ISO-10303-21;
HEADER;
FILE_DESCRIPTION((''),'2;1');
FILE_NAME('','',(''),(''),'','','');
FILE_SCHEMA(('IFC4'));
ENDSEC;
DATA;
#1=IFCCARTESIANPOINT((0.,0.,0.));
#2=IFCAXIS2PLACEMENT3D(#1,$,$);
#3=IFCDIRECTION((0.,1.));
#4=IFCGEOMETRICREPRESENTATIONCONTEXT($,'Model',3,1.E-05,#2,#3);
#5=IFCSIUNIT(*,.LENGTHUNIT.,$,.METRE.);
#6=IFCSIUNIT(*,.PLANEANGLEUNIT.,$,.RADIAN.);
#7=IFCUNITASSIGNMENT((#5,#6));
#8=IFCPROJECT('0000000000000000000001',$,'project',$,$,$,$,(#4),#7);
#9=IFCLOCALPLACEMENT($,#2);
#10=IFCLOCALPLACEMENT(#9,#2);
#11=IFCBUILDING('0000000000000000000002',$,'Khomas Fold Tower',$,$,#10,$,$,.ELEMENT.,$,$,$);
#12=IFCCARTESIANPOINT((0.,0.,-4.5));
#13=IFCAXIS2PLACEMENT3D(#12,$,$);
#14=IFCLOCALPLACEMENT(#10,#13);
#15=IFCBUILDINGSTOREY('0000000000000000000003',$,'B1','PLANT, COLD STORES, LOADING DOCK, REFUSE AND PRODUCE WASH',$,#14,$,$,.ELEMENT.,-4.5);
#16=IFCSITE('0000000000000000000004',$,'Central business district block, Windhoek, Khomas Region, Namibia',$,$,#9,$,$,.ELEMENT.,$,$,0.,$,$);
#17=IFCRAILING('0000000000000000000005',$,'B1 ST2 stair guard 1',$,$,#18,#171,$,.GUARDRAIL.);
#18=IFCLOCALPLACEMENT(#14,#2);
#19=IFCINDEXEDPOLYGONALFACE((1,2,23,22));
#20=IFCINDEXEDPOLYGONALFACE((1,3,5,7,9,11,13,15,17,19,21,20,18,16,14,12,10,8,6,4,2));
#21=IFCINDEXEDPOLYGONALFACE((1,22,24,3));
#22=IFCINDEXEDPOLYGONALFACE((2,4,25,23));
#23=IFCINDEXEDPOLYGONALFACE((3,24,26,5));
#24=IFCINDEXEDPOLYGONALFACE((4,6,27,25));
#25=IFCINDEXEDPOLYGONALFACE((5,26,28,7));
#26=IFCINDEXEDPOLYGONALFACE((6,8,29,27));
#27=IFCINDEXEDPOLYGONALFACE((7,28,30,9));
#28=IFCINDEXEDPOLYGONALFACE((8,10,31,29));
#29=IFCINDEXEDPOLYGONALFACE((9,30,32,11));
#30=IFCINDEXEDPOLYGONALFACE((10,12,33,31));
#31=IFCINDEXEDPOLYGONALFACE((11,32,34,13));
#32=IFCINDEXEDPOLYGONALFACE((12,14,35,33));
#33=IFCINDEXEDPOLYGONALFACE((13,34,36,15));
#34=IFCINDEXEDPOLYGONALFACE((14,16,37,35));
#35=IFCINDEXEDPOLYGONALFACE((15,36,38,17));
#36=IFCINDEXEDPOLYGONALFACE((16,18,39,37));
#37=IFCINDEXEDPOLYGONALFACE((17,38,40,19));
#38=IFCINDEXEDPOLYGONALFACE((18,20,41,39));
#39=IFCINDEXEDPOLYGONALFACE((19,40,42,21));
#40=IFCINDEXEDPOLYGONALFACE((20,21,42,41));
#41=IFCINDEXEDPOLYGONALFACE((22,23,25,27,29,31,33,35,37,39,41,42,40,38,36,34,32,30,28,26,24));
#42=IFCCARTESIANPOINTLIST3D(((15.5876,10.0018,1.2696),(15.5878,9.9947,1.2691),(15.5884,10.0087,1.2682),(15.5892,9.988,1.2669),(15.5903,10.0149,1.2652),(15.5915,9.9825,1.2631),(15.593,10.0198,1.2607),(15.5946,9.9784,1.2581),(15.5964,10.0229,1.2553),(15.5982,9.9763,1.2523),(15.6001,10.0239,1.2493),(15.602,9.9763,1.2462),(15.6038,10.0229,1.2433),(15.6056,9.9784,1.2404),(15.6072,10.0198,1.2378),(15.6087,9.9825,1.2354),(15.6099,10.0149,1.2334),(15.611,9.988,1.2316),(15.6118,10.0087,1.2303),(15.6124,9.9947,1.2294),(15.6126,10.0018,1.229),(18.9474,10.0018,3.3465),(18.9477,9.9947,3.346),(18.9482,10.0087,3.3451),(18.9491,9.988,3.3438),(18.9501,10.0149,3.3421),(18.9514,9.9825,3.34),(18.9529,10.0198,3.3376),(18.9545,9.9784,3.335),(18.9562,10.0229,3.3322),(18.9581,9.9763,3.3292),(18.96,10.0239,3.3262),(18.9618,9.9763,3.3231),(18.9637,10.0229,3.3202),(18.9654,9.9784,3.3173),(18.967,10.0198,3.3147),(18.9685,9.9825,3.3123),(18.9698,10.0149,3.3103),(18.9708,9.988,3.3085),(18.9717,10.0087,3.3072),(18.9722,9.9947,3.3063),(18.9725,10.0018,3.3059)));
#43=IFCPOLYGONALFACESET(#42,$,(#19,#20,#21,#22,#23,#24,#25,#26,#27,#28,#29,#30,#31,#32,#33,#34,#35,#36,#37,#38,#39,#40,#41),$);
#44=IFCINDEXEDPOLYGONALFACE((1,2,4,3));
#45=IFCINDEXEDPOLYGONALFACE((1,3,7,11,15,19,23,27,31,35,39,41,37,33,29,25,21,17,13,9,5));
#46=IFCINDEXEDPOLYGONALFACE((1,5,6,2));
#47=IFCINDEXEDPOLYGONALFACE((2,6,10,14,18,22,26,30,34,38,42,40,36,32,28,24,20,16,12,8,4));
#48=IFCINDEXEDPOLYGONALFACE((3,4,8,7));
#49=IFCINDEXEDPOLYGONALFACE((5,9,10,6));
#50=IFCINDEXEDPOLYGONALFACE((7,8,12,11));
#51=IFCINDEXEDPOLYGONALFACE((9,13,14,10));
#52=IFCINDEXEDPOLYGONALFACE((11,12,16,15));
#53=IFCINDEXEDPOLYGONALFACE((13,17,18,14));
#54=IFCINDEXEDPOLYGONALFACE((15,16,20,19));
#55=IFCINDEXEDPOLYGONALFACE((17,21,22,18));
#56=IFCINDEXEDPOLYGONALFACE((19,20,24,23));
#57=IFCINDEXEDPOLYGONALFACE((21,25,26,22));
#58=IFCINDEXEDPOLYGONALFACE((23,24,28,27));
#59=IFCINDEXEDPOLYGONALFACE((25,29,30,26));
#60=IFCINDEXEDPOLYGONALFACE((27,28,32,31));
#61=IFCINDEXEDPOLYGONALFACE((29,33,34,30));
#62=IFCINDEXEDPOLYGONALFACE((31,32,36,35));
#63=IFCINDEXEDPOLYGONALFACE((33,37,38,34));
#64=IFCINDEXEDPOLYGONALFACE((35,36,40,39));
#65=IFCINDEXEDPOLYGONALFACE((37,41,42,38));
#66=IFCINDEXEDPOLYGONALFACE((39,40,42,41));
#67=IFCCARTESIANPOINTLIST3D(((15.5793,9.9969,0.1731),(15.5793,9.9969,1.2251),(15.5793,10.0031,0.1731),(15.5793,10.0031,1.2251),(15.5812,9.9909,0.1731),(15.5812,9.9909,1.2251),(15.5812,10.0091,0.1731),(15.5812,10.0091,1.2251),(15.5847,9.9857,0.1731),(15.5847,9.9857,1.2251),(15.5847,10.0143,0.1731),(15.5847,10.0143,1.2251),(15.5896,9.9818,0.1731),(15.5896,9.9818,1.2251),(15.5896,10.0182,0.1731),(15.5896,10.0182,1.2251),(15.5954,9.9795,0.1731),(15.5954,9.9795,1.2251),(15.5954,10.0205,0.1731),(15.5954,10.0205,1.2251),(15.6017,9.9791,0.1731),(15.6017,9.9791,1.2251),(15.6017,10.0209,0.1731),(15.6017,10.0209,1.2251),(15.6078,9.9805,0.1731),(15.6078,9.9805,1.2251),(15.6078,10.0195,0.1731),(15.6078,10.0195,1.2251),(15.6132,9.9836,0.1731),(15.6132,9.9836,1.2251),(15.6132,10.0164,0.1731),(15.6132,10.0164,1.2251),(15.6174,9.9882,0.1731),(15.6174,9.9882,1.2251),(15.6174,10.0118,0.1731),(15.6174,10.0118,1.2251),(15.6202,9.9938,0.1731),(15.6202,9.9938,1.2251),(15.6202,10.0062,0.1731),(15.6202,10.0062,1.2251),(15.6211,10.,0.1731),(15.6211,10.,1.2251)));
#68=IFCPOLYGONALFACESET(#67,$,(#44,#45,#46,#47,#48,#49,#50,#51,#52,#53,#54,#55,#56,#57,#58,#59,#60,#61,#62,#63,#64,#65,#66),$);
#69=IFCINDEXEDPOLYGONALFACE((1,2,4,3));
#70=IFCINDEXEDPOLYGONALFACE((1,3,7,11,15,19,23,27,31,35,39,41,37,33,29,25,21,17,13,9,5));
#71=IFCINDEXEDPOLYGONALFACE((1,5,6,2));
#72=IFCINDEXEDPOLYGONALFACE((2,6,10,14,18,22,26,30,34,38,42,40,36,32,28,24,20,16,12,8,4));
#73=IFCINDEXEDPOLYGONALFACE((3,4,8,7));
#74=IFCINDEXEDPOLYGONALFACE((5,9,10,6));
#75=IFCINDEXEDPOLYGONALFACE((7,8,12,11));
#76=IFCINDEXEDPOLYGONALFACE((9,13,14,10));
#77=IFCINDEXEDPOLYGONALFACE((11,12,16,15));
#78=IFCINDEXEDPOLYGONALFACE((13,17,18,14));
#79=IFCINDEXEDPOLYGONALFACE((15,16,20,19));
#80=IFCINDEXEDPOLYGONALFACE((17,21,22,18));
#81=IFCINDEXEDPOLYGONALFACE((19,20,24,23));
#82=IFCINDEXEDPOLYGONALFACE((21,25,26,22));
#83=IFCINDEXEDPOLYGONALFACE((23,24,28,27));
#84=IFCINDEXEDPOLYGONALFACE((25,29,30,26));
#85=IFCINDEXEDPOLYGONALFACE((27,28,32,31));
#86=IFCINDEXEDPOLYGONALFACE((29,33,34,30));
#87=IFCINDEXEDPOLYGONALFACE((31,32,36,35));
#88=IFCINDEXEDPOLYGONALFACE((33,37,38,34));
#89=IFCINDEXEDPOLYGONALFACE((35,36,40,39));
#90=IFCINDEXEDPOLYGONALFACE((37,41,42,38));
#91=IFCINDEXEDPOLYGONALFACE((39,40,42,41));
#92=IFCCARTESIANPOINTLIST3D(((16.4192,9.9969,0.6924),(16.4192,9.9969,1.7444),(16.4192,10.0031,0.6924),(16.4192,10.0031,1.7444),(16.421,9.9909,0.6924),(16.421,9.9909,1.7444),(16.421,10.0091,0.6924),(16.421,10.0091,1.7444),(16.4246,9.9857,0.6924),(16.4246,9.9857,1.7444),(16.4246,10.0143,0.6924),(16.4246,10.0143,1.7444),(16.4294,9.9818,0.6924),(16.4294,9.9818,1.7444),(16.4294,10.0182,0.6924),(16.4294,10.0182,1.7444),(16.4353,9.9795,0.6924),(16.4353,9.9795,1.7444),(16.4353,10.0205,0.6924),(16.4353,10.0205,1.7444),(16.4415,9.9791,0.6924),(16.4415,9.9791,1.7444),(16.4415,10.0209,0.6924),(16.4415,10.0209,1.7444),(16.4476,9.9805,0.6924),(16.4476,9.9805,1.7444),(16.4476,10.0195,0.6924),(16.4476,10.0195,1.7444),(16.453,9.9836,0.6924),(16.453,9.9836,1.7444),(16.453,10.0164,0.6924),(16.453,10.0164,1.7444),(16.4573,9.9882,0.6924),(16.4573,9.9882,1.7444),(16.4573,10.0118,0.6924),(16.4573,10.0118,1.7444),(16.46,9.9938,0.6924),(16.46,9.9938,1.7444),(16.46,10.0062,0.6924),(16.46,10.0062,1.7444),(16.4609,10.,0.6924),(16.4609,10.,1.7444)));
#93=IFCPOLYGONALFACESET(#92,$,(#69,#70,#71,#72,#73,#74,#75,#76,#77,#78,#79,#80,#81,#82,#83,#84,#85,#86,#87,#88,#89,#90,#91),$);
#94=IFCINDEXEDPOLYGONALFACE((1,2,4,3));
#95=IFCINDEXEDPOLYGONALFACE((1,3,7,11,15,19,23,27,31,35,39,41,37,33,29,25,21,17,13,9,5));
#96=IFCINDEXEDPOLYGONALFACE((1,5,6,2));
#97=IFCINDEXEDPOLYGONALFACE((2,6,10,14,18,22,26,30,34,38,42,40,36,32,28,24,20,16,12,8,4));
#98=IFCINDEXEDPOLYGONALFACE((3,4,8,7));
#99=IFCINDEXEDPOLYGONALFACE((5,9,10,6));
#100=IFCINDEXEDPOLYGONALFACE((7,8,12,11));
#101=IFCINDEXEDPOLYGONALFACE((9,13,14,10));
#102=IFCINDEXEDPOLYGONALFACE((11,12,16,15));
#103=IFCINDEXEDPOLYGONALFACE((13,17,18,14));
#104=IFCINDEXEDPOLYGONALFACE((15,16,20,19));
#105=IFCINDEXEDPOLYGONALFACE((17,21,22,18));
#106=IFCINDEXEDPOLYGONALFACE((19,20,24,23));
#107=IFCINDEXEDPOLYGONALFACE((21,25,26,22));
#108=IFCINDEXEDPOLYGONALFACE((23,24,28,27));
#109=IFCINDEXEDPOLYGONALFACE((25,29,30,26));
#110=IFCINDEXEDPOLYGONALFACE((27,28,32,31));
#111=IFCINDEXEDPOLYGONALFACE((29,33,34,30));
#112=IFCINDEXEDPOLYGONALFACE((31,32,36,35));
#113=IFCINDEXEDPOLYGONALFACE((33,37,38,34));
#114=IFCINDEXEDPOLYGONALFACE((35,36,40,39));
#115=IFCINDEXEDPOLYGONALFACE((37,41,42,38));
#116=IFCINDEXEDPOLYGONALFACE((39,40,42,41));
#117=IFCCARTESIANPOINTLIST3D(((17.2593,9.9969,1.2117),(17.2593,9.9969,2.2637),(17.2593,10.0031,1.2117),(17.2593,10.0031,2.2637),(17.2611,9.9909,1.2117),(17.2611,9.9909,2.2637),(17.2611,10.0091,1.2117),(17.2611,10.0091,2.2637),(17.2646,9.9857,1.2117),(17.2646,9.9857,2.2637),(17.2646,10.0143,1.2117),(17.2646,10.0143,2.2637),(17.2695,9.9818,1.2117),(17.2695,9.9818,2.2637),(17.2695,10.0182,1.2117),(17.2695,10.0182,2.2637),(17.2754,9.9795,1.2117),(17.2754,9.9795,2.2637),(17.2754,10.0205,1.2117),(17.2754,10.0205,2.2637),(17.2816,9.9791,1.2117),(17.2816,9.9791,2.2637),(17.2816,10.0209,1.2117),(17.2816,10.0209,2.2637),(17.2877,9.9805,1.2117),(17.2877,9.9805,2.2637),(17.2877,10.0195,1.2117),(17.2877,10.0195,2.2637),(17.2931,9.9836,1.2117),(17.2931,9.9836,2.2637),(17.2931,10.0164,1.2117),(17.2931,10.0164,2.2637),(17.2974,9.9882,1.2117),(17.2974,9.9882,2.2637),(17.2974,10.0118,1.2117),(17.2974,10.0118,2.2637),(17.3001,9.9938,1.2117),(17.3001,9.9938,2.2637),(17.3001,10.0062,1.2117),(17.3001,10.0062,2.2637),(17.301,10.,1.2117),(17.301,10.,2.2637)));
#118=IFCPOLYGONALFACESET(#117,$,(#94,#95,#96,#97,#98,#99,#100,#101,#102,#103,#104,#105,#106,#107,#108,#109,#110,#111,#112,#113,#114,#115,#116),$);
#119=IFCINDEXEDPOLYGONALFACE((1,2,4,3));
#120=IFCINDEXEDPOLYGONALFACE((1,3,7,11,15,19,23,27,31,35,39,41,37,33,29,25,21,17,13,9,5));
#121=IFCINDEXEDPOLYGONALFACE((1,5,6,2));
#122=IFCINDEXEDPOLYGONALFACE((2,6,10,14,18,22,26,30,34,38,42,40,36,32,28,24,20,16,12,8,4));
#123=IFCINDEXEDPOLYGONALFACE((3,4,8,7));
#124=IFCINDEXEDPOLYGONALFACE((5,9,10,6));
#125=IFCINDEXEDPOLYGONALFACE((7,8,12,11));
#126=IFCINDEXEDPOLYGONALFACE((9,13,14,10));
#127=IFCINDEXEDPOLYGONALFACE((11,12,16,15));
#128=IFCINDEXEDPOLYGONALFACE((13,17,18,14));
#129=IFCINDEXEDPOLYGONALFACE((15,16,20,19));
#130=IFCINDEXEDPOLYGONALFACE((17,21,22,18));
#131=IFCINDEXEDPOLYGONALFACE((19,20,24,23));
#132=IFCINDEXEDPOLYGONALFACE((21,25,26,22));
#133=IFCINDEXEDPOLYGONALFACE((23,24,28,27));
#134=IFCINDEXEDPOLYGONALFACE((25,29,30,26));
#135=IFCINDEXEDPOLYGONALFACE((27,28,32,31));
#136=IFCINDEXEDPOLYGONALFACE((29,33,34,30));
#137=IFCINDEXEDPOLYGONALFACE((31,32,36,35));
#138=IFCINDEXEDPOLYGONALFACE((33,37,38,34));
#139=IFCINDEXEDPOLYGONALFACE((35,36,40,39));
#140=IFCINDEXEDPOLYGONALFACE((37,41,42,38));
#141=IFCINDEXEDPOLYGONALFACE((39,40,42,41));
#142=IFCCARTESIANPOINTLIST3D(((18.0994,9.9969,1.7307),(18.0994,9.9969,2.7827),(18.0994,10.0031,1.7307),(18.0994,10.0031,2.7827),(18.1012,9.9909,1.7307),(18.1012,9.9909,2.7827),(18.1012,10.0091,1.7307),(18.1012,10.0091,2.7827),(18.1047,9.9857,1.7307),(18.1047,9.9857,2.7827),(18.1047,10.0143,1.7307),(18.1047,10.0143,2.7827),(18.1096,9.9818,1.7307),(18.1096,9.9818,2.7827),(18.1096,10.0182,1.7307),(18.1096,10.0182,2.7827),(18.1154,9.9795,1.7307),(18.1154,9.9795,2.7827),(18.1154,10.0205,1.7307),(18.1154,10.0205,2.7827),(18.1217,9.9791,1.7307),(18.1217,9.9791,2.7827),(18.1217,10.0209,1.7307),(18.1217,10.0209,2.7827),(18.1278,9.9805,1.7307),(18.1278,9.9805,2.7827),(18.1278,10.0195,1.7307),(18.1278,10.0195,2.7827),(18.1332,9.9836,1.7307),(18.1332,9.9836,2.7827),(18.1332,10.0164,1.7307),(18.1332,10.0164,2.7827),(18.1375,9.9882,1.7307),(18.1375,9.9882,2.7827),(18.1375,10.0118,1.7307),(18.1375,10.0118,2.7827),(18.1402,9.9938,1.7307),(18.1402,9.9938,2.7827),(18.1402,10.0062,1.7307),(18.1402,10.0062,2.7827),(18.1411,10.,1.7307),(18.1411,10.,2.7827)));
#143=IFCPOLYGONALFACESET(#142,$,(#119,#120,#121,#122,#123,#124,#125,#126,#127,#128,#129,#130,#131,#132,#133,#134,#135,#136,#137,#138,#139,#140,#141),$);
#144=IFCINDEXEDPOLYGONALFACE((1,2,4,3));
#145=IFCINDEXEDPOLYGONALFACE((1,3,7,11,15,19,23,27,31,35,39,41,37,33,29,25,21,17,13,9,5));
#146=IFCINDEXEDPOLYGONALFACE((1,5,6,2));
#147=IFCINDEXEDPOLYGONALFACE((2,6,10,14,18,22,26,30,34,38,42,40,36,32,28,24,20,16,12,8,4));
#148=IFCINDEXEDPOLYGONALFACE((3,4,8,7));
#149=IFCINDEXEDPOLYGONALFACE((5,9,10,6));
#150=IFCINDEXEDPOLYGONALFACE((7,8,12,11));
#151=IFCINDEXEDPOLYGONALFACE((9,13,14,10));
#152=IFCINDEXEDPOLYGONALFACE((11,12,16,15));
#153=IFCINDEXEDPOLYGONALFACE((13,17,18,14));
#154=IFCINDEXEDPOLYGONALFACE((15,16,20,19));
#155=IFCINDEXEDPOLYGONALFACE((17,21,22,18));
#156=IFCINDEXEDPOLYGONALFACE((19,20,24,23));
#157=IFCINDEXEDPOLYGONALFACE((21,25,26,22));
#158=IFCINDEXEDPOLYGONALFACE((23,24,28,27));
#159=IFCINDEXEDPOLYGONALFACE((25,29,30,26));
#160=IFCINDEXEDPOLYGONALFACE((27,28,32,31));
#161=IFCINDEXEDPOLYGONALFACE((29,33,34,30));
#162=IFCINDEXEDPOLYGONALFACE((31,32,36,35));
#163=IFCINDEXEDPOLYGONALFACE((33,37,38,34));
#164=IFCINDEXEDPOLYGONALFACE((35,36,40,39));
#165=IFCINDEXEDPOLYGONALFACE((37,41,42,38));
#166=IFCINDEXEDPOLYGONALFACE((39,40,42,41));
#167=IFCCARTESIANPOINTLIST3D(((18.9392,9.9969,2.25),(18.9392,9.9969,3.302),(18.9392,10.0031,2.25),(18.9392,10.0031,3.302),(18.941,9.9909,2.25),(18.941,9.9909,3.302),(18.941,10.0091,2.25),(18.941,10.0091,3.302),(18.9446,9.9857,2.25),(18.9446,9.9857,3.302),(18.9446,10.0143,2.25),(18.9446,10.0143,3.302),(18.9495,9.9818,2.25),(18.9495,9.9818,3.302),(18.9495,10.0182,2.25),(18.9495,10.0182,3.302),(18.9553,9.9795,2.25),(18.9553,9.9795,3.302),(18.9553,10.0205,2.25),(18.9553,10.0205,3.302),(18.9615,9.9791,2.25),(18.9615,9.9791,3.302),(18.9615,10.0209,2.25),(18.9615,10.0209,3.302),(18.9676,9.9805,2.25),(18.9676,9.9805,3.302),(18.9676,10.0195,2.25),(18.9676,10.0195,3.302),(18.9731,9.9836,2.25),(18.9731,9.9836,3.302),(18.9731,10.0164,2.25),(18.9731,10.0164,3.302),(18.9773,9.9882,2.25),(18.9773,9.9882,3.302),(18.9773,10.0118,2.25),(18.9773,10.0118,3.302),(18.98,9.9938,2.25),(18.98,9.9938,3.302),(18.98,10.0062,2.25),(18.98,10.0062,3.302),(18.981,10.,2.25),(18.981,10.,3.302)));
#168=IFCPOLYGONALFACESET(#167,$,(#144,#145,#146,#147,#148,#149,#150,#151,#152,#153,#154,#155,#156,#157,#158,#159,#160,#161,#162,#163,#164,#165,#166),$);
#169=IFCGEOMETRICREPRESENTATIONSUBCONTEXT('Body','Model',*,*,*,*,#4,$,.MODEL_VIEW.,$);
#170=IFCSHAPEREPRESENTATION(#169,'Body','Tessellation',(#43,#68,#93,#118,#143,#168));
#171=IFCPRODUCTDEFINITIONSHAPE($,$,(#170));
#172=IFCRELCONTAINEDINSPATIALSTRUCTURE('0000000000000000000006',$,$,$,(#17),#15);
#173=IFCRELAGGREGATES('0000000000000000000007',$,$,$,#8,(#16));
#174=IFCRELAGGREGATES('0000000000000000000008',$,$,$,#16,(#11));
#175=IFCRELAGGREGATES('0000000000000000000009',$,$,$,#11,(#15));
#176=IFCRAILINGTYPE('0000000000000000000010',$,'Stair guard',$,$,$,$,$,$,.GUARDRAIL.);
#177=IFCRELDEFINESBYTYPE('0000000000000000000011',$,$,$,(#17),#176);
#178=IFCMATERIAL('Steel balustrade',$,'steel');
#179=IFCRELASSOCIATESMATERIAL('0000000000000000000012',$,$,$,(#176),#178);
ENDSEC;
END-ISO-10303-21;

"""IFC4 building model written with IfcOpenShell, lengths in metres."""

from ifc_helpers import new_model, si_unit, direction, frame, origin, origin_2d, place, context, subcontext, project, spatial, circle, extrude, source, transform, mapped, material, type_object, element, save


model = new_model("IFC4")

# Units and contexts
model_context = context("Model", 3, precision=1e-05, world=origin(), true_north=direction((0.0, 1.0)))
body_context = subcontext(model_context, "Body", "Model", "MODEL_VIEW")
ifc_project = project(units=[si_unit("LENGTHUNIT", "METRE"), si_unit("PLANEANGLEUNIT", "RADIAN")], contexts=[model_context])

# Site, building, storey
site_placement = place(None, origin())
site = spatial("IfcSite", under=ifc_project, at=site_placement, Name="Central business district block, Windhoek, Khomas Region, Namibia", CompositionType="ELEMENT", RefElevation=0.0)
building_placement = place(site_placement, origin())
building = spatial("IfcBuilding", under=site, at=building_placement, Name="Khomas Fold Tower", CompositionType="ELEMENT")
storey_placement = place(building_placement, frame((0.0, 0.0, -4.5)))
storey = spatial("IfcBuildingStorey", under=building, at=storey_placement, Name="B1", Description="PLANT, COLD STORES, LOADING DOCK, REFUSE AND PRODUCE WASH", CompositionType="ELEMENT", Elevation=-4.5)

# Railing
ifc_material_1 = material(Name="Steel balustrade", Category="steel")
railing_type_1 = type_object("IfcRailingType", Name="Stair guard", PredefinedType="GUARDRAIL", material=ifc_material_1)
shared_shape_1 = source(origin(), body_context, "Body", "SweptSolid", [
    extrude(circle(Radius=0.0239, at=origin_2d()), frame((0.0, 0.0, 1.0762), z_axis=(0.850606, 0.0, 0.525803), x_axis=(0.0, 1.0, 0.0)), (0.0, 0.0, 1.0), 3.95),
    extrude(circle(Radius=0.021, at=origin_2d()), origin(), (0.0, 0.0, 1.0), 1.052),
    extrude(circle(Radius=0.021, at=origin_2d()), frame((0.8398, 0.0, 0.5193)), (0.0, 0.0, 1.0), 1.052),
    extrude(circle(Radius=0.021, at=origin_2d()), frame((1.6799, 0.0, 1.0386)), (0.0, 0.0, 1.0), 1.052),
    extrude(circle(Radius=0.021, at=origin_2d()), frame((2.52, 0.0, 1.5576)), (0.0, 0.0, 1.0), 1.052),
    extrude(circle(Radius=0.021, at=origin_2d()), frame((3.3599, 0.0, 2.0769)), (0.0, 0.0, 1.0), 1.052),
])
railing_1_placement = place(storey_placement, frame((15.6001, 10.0, 0.1731)))
element("IfcRailing", 1, at=railing_1_placement, inside=storey, type_object=railing_type_1, Name="B1 ST2 stair guard 1", PredefinedType="GUARDRAIL", context=body_context, shape_type="MappedRepresentation", body=[
    mapped(shared_shape_1, transform((0.0, 0.0, 0.0))),
])

save(model, "model.ifc")
